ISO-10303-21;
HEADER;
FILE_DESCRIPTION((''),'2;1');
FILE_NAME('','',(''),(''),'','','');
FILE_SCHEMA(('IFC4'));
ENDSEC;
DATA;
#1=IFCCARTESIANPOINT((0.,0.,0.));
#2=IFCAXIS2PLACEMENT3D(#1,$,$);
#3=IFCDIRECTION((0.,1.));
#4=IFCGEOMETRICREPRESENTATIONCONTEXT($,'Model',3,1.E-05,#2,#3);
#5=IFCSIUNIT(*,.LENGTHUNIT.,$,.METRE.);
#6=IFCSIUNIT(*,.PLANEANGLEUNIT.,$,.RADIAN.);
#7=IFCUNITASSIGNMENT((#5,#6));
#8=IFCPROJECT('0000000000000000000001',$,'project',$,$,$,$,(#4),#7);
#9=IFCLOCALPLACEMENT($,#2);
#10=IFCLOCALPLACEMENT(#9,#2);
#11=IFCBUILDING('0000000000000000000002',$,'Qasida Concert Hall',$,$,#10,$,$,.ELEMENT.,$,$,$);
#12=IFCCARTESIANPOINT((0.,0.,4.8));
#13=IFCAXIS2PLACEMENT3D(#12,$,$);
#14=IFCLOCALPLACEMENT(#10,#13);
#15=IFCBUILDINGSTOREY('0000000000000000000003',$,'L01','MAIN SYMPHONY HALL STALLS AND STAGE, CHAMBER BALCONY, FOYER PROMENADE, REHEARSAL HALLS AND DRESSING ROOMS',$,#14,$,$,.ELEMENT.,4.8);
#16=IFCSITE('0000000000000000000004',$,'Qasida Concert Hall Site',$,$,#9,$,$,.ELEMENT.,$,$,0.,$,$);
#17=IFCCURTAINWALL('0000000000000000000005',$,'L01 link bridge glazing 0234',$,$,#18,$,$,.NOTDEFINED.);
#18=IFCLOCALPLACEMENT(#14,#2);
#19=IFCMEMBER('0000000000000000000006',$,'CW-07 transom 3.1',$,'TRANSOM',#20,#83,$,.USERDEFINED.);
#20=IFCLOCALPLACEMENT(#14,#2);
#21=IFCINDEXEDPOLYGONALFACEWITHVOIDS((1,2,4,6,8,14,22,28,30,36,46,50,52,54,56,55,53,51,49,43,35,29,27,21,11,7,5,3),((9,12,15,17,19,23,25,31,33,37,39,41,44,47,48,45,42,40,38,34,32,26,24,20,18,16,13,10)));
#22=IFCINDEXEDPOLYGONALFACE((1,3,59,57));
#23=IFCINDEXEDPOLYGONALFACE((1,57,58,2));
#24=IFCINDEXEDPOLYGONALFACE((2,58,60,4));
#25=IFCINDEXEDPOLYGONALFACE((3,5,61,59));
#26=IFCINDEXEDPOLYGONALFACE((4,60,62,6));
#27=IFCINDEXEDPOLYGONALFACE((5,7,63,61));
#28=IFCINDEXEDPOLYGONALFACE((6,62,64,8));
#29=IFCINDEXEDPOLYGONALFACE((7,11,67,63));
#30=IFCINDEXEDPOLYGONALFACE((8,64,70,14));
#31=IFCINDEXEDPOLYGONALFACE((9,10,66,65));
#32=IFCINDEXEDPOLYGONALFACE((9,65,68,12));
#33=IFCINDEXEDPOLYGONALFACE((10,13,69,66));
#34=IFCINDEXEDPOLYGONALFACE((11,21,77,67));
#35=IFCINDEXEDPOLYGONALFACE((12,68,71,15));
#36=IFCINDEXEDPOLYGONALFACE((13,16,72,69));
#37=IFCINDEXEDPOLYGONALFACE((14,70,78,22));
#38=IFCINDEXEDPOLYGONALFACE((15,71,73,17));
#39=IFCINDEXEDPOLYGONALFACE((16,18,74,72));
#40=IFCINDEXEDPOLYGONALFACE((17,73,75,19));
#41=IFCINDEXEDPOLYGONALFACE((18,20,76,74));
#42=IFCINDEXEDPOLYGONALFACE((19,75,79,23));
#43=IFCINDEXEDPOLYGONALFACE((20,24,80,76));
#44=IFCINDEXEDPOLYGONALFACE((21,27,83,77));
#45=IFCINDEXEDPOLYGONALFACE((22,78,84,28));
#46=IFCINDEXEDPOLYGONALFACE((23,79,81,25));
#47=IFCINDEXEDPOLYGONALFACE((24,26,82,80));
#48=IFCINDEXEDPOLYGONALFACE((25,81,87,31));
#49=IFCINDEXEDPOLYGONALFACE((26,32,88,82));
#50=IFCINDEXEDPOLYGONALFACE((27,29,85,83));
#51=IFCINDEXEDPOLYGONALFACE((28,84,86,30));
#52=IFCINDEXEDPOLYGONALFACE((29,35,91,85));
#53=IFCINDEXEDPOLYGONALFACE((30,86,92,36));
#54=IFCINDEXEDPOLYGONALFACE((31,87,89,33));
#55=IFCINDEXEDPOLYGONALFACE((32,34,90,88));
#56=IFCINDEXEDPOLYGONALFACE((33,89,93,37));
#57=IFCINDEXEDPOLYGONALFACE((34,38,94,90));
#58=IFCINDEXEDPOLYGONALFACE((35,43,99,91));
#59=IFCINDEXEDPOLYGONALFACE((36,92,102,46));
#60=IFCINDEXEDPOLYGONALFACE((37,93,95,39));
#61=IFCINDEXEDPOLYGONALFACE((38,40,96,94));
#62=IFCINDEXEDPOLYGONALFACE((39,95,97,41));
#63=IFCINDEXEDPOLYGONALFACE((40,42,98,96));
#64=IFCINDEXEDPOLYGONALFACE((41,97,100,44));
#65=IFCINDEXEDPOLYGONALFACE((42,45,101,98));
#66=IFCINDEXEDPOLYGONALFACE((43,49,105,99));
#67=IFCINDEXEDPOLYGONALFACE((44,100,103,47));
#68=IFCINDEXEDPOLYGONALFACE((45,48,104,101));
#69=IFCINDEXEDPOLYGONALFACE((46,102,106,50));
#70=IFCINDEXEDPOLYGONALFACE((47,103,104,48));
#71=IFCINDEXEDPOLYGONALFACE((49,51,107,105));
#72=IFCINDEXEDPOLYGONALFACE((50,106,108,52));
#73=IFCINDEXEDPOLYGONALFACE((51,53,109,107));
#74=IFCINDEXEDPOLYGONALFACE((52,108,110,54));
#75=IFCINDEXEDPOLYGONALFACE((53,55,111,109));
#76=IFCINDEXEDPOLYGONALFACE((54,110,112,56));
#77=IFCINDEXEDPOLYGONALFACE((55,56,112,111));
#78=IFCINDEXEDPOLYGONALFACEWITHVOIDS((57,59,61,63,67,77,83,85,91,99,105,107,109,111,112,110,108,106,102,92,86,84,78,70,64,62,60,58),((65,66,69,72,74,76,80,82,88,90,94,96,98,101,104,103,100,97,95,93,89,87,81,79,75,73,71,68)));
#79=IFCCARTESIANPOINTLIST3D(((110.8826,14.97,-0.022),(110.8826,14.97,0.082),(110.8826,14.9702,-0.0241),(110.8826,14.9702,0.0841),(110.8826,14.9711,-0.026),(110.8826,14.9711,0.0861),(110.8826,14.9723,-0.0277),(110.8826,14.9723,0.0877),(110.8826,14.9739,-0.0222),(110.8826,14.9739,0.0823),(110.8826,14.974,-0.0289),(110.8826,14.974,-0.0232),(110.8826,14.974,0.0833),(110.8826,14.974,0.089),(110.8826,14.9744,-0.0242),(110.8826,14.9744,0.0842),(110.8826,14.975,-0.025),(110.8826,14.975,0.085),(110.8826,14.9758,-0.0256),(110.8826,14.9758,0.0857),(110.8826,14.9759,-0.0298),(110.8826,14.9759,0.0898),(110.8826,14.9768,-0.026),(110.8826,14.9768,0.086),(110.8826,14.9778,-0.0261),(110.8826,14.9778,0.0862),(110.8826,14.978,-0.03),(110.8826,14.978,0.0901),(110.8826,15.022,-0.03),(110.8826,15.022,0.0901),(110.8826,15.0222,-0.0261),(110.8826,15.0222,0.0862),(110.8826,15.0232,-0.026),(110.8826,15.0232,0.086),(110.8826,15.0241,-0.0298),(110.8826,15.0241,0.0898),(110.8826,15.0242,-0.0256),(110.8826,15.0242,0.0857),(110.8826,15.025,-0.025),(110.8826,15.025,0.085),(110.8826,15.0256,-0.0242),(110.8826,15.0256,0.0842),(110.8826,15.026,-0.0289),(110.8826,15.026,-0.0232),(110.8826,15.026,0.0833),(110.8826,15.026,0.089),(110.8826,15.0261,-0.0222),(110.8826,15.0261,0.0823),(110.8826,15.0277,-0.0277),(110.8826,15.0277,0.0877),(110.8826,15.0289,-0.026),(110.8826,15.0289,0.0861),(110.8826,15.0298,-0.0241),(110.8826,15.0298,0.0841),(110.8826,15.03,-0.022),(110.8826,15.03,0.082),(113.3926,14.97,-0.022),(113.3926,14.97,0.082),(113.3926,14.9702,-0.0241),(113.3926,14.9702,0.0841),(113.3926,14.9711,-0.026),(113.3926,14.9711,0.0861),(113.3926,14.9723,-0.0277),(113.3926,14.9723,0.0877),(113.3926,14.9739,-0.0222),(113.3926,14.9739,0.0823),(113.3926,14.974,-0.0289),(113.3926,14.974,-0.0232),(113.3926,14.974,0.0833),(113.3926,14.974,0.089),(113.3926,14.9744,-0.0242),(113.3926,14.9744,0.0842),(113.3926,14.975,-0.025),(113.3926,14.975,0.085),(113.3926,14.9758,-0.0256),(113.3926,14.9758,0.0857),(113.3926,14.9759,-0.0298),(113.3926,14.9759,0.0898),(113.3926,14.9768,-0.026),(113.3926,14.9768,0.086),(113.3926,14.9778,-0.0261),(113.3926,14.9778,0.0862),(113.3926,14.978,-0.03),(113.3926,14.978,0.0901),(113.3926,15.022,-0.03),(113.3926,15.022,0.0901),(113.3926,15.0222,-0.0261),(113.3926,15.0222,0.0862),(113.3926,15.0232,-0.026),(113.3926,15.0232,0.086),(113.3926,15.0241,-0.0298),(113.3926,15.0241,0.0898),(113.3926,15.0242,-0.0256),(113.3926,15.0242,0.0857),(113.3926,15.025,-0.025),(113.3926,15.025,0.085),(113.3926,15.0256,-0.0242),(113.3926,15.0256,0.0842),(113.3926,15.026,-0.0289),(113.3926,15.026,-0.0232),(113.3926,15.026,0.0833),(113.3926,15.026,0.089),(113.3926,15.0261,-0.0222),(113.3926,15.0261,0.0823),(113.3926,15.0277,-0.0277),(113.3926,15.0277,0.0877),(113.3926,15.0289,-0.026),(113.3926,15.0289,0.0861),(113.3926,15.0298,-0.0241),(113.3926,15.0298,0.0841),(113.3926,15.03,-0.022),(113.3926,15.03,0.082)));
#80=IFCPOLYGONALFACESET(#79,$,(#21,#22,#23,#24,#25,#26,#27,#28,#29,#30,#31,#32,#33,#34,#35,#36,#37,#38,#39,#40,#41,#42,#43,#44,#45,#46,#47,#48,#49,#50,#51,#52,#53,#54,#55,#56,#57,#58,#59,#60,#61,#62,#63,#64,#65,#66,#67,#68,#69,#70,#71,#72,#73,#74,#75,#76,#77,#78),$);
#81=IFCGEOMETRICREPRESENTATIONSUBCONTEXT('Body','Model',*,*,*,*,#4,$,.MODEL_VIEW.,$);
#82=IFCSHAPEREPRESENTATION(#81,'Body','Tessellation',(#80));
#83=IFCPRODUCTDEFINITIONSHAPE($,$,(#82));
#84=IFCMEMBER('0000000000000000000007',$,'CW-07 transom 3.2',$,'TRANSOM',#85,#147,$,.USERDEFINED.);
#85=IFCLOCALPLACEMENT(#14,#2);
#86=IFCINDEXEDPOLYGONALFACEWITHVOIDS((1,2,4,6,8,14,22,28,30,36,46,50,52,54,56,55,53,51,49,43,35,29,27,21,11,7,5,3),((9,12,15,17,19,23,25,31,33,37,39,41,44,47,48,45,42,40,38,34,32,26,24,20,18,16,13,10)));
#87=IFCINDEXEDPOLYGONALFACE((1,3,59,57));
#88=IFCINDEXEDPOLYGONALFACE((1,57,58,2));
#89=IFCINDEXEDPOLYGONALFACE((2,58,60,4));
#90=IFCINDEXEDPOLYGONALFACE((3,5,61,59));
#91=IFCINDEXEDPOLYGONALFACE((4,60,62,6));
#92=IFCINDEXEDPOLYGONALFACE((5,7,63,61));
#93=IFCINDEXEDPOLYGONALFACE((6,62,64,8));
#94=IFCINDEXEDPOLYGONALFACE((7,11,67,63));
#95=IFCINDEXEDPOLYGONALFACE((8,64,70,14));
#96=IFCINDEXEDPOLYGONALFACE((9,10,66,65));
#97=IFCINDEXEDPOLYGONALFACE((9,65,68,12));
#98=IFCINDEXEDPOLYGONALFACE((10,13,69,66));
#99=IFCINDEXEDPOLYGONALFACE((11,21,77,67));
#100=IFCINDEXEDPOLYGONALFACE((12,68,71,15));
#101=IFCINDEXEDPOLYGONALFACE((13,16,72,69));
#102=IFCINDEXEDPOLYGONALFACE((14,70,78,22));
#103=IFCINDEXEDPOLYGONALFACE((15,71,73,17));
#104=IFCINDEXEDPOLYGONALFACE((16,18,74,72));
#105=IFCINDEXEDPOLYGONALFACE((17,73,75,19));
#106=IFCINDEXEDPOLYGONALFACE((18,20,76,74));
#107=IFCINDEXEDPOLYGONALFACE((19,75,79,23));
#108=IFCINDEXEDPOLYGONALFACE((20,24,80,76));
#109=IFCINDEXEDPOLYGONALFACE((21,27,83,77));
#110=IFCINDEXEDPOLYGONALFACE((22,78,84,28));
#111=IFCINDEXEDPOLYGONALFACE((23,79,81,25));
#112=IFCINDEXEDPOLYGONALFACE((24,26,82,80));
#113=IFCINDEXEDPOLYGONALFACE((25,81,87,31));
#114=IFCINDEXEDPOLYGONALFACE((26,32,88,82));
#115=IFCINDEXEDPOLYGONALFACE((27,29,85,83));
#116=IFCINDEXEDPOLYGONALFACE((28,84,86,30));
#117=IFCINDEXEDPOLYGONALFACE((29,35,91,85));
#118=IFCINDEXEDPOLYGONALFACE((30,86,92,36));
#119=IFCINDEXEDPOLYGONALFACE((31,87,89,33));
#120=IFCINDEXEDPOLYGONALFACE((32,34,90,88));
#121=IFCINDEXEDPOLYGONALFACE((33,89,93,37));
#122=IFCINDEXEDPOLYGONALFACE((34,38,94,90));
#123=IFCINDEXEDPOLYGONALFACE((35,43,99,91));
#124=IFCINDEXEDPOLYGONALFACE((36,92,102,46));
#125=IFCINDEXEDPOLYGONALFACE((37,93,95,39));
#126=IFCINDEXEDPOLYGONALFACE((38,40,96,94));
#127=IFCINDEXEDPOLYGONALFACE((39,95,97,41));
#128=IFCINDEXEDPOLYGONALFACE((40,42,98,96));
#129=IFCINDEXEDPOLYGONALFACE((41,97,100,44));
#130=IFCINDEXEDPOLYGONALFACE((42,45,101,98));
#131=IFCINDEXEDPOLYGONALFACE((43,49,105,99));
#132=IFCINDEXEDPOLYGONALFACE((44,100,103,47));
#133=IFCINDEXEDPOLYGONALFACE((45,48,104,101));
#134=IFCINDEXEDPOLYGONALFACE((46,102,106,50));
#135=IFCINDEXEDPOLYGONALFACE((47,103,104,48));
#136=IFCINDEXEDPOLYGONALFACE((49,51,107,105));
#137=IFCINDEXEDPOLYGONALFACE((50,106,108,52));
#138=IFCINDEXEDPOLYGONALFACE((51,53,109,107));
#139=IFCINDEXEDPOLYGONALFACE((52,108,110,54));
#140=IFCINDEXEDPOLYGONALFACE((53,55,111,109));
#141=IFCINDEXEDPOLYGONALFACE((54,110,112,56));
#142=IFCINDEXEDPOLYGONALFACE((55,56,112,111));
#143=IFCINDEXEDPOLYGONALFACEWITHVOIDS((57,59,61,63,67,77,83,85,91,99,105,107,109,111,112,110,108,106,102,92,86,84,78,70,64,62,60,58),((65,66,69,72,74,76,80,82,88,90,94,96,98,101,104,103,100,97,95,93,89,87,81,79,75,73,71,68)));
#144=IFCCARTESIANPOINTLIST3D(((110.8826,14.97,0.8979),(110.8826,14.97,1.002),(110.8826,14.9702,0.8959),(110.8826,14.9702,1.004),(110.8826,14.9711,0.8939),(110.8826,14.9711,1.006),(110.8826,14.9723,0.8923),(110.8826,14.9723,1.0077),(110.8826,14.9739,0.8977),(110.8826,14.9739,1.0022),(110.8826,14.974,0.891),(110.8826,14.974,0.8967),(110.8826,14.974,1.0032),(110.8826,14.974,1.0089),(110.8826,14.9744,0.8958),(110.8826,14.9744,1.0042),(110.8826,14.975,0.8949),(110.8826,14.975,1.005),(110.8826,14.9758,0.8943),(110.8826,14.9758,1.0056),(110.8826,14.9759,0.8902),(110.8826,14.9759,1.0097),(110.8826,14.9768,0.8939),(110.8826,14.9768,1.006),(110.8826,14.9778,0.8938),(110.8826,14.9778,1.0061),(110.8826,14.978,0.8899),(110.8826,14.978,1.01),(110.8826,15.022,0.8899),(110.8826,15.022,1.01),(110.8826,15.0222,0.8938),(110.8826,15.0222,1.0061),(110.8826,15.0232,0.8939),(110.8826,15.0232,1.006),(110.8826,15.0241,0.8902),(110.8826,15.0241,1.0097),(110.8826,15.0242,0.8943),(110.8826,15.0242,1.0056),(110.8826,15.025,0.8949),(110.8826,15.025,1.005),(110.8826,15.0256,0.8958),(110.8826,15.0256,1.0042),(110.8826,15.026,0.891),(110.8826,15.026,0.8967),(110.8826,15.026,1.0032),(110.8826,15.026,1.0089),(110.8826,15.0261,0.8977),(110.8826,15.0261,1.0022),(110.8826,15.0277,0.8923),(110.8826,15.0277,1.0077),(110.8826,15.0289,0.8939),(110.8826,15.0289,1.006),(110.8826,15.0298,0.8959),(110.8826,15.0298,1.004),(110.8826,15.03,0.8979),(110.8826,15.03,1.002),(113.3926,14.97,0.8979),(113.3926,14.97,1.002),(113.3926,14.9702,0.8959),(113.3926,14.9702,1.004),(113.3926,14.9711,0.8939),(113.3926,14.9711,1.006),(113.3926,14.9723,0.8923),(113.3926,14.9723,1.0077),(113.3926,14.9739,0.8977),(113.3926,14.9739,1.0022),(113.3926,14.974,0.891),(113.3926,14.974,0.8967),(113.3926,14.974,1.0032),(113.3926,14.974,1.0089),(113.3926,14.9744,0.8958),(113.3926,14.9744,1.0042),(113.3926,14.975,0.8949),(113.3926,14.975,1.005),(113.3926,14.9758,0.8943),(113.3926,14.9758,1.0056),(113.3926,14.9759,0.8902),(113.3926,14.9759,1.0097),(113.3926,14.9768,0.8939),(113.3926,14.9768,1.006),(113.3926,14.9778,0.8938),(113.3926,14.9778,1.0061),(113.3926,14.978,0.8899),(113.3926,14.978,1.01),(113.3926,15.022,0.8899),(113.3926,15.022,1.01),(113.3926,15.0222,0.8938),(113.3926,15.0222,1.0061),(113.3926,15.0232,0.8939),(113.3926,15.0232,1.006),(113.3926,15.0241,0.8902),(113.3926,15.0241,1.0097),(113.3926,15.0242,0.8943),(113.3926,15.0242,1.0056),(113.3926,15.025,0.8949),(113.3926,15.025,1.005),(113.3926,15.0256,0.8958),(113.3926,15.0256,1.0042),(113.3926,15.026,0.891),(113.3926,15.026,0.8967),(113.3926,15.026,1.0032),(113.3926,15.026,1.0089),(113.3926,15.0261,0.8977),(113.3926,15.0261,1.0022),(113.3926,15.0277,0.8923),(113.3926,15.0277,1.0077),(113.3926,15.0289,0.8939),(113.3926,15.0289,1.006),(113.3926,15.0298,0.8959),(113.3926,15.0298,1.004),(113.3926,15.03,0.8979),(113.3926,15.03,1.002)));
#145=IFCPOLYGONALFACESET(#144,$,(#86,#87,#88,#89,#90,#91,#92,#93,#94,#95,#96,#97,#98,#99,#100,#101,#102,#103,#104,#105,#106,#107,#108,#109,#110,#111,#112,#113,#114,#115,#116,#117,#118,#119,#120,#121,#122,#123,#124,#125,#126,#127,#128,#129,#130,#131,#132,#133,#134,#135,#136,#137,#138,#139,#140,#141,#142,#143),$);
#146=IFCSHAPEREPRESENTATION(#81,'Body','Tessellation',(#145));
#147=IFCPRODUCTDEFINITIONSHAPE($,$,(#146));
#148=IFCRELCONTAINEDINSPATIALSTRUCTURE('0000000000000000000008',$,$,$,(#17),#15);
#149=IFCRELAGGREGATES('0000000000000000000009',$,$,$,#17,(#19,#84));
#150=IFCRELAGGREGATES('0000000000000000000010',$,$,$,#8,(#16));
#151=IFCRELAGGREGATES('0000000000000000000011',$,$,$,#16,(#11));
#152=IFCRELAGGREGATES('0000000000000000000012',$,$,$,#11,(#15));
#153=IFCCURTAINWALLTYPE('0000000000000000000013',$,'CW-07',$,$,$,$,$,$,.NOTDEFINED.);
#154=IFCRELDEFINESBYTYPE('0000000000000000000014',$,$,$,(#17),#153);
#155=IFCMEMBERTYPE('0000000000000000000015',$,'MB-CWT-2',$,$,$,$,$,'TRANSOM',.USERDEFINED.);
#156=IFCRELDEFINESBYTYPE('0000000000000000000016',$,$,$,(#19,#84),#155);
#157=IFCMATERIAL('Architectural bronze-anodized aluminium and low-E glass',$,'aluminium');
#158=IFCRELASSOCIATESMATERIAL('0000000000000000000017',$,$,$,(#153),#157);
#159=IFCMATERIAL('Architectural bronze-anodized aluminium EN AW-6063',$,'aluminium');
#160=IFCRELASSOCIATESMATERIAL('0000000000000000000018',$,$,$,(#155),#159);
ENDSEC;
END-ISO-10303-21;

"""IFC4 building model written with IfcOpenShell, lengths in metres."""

from ifc_helpers import new_model, si_unit, direction, frame, origin, origin_2d, place, context, subcontext, project, spatial, hollow_rectangle, extrude, material, material_profile, profile_set, type_object, element, aggregate, save


model = new_model("IFC4")

# Units and contexts
model_context = context("Model", 3, precision=1e-05, world=origin(), true_north=direction((0.0, 1.0)))
body_context = subcontext(model_context, "Body", "Model", "MODEL_VIEW")
ifc_project = project(units=[si_unit("LENGTHUNIT", "METRE"), si_unit("PLANEANGLEUNIT", "RADIAN")], contexts=[model_context])

# Site, building, storey
site_placement = place(None, origin())
site = spatial("IfcSite", under=ifc_project, at=site_placement, Name="Qasida Concert Hall Site", CompositionType="ELEMENT", RefElevation=0.0)
building_placement = place(site_placement, origin())
building = spatial("IfcBuilding", under=site, at=building_placement, Name="Qasida Concert Hall", CompositionType="ELEMENT")
storey_placement = place(building_placement, frame((0.0, 0.0, 4.8)))
storey = spatial("IfcBuildingStorey", under=building, at=storey_placement, Name="L01", Description="MAIN SYMPHONY HALL STALLS AND STAGE, CHAMBER BALCONY, FOYER PROMENADE, REHEARSAL HALLS AND DRESSING ROOMS", CompositionType="ELEMENT", Elevation=4.8)

# Curtain wall
ifc_material_1 = material(Name="Architectural bronze-anodized aluminium and low-E glass", Category="aluminium")
curtain_wall_type = type_object("IfcCurtainWallType", Name="CW-07", PredefinedType="NOTDEFINED", material=ifc_material_1)
curtain_wall_1_placement = place(storey_placement, origin())
curtain_wall_1 = element("IfcCurtainWall", 1, at=curtain_wall_1_placement, inside=storey, type_object=curtain_wall_type, Name="L01 link bridge glazing 0234", PredefinedType="NOTDEFINED")
ifc_material_2 = material(Name="Architectural bronze-anodized aluminium EN AW-6063", Category="aluminium")

# Members
ifc_material_profile_1 = material_profile(ifc_material_2, hollow_rectangle(XDim=0.0601, YDim=0.1201, WallThickness=0.0039, InnerFilletRadius=0.0039, OuterFilletRadius=0.0081, at=origin_2d()), Name="CWT 120x60x4")
ifc_profile_set_1 = profile_set([ifc_material_profile_1], Name="Architectural bronze-anodized aluminium EN AW-6063")
member_type_1 = type_object("IfcMemberType", Name="MB-CWT-2", ElementType="TRANSOM", PredefinedType="USERDEFINED", material=ifc_profile_set_1)
member_1_placement = place(storey_placement, frame((110.8826, 15.0, 0.03), z_axis=(1.0, 0.0, 0.0), x_axis=(0.0, 1.0, 0.0)))
member_1 = element("IfcMember", 2, at=member_1_placement, type_object=member_type_1, Name="CW-07 transom 3.1", ObjectType="TRANSOM", PredefinedType="USERDEFINED", context=body_context, shape_type="SweptSolid", body=[
    extrude(hollow_rectangle(XDim=0.0601, YDim=0.1201, WallThickness=0.0039, InnerFilletRadius=0.0039, OuterFilletRadius=0.0081, at=origin_2d()), origin(), (0.0, 0.0, 1.0), 2.51),
])
member_2_placement = place(storey_placement, frame((110.8826, 15.0, 0.95), z_axis=(1.0, 0.0, 0.0), x_axis=(0.0, 1.0, 0.0)))
member_2 = element("IfcMember", 3, at=member_2_placement, type_object=member_type_1, Name="CW-07 transom 3.2", ObjectType="TRANSOM", PredefinedType="USERDEFINED", context=body_context, shape_type="SweptSolid", body=[
    extrude(hollow_rectangle(XDim=0.0601, YDim=0.1201, WallThickness=0.0039, InnerFilletRadius=0.0039, OuterFilletRadius=0.0081, at=origin_2d()), origin(), (0.0, 0.0, 1.0), 2.51),
])

aggregate(curtain_wall_1, [member_1, member_2])

save(model, "model.ifc")
